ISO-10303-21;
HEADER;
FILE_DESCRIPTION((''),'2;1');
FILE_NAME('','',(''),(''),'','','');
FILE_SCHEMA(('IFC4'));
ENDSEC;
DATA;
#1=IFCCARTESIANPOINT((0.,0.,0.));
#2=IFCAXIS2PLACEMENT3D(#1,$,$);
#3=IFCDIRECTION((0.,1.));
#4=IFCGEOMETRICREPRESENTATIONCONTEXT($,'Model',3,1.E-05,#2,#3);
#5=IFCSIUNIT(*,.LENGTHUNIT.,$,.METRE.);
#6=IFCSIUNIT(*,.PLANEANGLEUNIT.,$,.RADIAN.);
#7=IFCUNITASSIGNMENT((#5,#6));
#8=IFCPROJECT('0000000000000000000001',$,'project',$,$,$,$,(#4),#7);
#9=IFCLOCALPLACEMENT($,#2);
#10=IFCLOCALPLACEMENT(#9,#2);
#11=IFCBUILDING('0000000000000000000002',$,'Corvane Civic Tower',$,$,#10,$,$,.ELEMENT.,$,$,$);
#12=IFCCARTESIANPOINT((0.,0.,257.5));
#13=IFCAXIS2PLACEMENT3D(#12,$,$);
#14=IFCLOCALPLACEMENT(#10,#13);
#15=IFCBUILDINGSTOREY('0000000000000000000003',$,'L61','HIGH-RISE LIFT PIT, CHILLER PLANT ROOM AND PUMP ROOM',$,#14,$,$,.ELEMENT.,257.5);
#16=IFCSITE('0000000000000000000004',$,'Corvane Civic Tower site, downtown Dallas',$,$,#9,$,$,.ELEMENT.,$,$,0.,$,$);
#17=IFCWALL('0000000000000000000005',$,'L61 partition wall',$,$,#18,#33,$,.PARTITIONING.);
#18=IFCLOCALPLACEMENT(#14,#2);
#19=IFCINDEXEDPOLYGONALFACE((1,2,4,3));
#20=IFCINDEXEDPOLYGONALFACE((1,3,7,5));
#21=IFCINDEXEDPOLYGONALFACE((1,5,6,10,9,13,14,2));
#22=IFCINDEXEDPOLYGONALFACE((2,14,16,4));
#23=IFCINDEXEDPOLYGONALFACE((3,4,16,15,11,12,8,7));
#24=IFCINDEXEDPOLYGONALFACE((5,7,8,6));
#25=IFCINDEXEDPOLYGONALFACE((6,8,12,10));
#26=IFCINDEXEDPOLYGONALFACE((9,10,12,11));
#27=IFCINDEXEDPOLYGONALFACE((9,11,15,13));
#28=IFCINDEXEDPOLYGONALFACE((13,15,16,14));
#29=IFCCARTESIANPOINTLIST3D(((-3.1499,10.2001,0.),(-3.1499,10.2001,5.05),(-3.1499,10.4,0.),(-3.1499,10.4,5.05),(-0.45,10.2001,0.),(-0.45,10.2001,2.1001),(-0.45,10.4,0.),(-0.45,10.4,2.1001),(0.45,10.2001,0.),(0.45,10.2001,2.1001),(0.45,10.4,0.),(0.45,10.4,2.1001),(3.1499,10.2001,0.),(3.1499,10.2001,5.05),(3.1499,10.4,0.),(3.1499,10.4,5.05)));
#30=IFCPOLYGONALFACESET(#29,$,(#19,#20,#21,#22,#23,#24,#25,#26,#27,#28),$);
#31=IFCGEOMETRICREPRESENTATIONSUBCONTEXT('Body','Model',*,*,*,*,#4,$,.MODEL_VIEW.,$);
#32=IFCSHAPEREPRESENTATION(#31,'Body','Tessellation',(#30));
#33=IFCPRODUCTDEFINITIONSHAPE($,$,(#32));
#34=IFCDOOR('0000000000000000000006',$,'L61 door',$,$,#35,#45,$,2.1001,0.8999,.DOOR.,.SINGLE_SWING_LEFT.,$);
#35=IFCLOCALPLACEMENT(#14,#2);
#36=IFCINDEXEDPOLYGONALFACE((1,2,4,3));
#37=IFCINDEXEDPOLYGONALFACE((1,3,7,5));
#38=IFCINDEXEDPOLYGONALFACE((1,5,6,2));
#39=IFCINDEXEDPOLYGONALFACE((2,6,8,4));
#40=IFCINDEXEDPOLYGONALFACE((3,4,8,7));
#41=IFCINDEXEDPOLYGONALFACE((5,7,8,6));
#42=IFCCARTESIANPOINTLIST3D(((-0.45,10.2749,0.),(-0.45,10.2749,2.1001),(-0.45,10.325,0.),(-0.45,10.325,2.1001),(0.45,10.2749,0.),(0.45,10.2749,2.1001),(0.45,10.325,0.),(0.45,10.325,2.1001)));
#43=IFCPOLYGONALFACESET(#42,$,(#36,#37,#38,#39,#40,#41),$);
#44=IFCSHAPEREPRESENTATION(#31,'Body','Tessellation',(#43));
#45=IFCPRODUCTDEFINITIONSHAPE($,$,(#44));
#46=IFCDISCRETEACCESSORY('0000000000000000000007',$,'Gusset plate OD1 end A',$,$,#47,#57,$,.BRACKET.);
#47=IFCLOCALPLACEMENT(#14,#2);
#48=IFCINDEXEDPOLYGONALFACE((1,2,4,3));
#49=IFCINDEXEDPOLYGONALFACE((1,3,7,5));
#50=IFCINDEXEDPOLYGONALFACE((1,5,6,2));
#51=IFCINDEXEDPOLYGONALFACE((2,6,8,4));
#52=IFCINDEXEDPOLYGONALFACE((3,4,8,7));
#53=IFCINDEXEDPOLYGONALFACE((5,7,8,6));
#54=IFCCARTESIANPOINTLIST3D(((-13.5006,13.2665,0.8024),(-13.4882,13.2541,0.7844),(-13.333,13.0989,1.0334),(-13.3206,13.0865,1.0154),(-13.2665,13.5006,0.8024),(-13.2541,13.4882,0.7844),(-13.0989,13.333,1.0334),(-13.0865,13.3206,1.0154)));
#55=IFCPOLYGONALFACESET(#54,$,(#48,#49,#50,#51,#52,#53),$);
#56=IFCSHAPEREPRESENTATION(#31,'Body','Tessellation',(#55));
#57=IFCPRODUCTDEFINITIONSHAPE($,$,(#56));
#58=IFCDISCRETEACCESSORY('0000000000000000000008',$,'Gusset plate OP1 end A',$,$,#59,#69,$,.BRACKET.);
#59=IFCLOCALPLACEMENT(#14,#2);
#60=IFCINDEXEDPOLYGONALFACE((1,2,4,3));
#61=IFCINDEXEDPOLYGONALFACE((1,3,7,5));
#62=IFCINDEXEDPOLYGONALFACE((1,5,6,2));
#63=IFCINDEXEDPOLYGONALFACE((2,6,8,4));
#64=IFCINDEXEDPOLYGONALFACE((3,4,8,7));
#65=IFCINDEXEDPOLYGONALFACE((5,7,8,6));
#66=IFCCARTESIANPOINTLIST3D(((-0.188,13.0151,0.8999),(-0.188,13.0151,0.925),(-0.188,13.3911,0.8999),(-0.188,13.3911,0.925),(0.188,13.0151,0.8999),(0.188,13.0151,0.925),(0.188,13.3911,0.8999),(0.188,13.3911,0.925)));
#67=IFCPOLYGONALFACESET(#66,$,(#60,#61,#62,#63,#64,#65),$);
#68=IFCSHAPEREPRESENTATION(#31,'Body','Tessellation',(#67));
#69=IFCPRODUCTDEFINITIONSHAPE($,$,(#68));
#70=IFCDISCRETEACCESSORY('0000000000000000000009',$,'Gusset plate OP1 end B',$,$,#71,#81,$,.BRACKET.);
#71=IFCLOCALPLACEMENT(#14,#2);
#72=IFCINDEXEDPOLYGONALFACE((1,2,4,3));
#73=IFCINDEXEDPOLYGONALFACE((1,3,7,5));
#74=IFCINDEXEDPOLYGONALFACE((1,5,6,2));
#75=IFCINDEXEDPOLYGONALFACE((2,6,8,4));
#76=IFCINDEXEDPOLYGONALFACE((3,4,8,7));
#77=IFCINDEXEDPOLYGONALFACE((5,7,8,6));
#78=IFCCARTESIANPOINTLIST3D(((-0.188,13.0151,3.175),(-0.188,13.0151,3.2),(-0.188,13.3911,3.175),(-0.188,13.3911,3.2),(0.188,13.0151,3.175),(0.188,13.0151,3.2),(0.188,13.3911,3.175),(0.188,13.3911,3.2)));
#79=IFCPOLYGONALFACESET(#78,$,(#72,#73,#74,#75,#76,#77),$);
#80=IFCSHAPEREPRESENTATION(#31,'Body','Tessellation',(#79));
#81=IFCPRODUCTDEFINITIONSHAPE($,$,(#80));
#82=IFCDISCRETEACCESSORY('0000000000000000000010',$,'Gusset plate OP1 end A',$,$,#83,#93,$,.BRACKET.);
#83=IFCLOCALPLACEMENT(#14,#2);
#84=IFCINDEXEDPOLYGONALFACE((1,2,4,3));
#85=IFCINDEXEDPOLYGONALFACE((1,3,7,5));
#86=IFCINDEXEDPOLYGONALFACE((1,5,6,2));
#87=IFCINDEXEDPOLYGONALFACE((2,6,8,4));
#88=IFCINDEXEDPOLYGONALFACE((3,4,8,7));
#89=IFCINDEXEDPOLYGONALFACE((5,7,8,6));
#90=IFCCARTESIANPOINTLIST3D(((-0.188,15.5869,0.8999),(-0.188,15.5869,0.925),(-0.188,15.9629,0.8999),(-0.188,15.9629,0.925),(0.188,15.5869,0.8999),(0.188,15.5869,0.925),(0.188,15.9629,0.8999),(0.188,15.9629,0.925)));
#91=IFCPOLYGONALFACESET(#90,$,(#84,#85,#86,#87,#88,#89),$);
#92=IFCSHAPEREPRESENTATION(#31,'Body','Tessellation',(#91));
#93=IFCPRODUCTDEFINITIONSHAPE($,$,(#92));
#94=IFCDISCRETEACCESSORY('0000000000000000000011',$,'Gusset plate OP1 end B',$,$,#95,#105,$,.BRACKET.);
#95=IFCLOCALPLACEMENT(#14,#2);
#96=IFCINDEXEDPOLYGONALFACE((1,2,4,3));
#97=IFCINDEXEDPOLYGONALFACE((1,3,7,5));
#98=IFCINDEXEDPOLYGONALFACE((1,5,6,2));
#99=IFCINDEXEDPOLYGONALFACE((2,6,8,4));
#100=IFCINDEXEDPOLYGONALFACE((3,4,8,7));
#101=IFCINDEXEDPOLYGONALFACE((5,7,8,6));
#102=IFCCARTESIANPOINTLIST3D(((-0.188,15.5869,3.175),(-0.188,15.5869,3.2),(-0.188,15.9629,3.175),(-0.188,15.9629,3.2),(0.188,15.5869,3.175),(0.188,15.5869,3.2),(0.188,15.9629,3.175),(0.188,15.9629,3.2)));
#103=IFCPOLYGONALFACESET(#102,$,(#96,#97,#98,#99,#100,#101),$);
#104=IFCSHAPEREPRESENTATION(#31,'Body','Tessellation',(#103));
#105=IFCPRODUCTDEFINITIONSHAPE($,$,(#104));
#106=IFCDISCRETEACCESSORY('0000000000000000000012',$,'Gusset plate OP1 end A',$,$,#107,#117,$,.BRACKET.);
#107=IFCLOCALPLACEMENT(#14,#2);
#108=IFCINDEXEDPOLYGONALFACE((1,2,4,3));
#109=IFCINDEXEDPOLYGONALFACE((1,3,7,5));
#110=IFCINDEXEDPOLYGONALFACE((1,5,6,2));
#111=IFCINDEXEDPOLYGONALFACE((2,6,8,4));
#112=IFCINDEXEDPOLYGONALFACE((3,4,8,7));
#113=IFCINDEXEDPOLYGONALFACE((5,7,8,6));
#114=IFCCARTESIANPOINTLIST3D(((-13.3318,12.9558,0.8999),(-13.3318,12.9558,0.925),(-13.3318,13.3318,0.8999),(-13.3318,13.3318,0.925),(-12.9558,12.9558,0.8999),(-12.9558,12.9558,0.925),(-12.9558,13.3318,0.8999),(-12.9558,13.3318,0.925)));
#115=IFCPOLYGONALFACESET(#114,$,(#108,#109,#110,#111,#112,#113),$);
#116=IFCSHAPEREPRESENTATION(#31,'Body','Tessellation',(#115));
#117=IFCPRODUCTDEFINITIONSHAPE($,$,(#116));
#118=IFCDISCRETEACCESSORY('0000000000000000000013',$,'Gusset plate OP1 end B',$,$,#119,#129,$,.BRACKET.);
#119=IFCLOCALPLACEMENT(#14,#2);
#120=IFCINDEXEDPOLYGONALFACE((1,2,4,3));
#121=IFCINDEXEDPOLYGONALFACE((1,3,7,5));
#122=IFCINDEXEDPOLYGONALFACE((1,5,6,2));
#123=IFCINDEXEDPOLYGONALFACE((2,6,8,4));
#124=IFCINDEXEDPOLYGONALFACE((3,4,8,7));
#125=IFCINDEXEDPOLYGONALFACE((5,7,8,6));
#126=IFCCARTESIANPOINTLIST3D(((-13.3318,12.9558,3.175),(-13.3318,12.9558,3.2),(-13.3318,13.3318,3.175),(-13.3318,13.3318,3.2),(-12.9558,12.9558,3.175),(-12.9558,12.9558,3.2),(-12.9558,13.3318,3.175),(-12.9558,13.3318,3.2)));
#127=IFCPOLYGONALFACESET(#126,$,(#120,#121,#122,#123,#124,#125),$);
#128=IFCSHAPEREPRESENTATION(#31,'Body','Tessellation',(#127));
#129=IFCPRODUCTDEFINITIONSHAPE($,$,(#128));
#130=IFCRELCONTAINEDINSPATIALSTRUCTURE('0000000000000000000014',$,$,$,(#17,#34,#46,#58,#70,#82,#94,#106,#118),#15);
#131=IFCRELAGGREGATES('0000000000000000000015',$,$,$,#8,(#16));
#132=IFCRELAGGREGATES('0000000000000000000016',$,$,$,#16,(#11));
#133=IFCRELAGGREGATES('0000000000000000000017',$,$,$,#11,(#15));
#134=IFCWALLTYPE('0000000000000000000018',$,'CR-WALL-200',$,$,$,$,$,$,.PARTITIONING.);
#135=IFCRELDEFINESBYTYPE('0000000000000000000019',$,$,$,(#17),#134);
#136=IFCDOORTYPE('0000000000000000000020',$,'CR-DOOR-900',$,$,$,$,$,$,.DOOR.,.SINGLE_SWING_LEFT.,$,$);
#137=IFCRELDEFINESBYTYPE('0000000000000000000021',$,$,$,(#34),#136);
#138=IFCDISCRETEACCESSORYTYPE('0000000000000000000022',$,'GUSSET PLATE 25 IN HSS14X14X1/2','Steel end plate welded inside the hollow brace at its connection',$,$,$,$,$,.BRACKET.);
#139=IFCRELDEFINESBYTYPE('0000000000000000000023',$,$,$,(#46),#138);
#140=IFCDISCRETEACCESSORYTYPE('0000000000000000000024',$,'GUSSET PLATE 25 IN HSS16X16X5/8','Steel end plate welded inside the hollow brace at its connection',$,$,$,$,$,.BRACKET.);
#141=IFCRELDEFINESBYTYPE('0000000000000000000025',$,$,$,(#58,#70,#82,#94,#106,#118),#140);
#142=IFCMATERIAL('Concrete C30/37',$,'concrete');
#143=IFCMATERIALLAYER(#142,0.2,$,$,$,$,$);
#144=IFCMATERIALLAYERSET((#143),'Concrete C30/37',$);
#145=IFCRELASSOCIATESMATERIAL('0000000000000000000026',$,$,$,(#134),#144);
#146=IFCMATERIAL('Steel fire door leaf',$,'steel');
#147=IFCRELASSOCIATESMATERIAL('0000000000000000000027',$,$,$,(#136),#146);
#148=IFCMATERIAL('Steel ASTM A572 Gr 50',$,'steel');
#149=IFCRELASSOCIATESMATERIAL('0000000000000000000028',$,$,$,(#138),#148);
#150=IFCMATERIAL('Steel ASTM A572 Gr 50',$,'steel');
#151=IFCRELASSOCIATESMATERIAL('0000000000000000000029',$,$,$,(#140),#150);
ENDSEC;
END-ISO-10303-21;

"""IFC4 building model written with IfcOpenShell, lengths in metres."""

from ifc_helpers import new_model, si_unit, direction, frame, frame_2d, origin, origin_2d, place, context, subcontext, project, spatial, rectangle, extrude, material, layer, layer_set, material_profile, profile_set, type_object, element, fill, save


model = new_model("IFC4")

# Units and contexts
model_context = context("Model", 3, precision=1e-05, world=origin(), true_north=direction((0.0, 1.0)))
body_context = subcontext(model_context, "Body", "Model", "MODEL_VIEW")
ifc_project = project(units=[si_unit("LENGTHUNIT", "METRE"), si_unit("PLANEANGLEUNIT", "RADIAN")], contexts=[model_context])

# Site, building, storey
site_placement = place(None, origin())
site = spatial("IfcSite", under=ifc_project, at=site_placement, Name="Corvane Civic Tower site, downtown Dallas", CompositionType="ELEMENT", RefElevation=0.0)
building_placement = place(site_placement, origin())
building = spatial("IfcBuilding", under=site, at=building_placement, Name="Corvane Civic Tower", CompositionType="ELEMENT")
storey_placement = place(building_placement, frame((0.0, 0.0, 257.5)))
storey = spatial("IfcBuildingStorey", under=building, at=storey_placement, Name="L61", Description="HIGH-RISE LIFT PIT, CHILLER PLANT ROOM AND PUMP ROOM", CompositionType="ELEMENT", Elevation=257.5)

# Wall, opening, door
ifc_material_1 = material(Name="Concrete C30/37", Category="concrete")
ifc_layer_1 = layer(ifc_material_1, 0.2)
ifc_layer_set_1 = layer_set([ifc_layer_1], Name="Concrete C30/37")
wall_type_1 = type_object("IfcWallType", Name="CR-WALL-200", PredefinedType="PARTITIONING", material=ifc_layer_set_1)
wall_1_placement = place(storey_placement, frame((-3.1499, 10.3, 0.0), z_axis=(0.0, 0.0, 1.0), x_axis=(1.0, 0.0, 0.0)))
wall_1 = element("IfcWall", 1, at=wall_1_placement, inside=storey, type_object=wall_type_1, Name="L61 partition wall", PredefinedType="PARTITIONING", context=body_context, shape_type="SweptSolid", body=[
    extrude(rectangle(XDim=6.2998, YDim=0.2, at=frame_2d((3.1499, 0.0))), origin(), (0.0, 0.0, 1.0), 5.05),
])
opening_placement = place(wall_1_placement, frame((2.7, 0.0, 0.0)))
opening = element("IfcOpeningElement", 2, at=opening_placement, cuts=wall_1, PredefinedType="OPENING", context=body_context, shape_type="SweptSolid", body=[
    extrude(rectangle(XDim=0.8999, YDim=2.1001, at=frame_2d((0.45, 1.05))), frame((0.0, 0.1099, 0.0), z_axis=(0.0, -1.0, 0.0), x_axis=(1.0, 0.0, 0.0)), (0.0, 0.0, 1.0), 0.22),
])
ifc_material_2 = material(Name="Steel fire door leaf", Category="steel")
door_type = type_object("IfcDoorType", Name="CR-DOOR-900", OperationType="SINGLE_SWING_LEFT", PredefinedType="DOOR", material=ifc_material_2)
door_placement = place(opening_placement, origin())
door = element("IfcDoor", 3, at=door_placement, inside=storey, type_object=door_type, Name="L61 door", OperationType="SINGLE_SWING_LEFT", OverallHeight=2.1001, OverallWidth=0.8999, PredefinedType="DOOR", context=body_context, shape_type="SweptSolid", body=[
    extrude(rectangle(XDim=0.8999, YDim=2.1001, at=frame_2d((0.45, 1.05))), frame((0.0, 0.0249, 0.0), z_axis=(0.0, -1.0, 0.0), x_axis=(1.0, 0.0, 0.0)), (0.0, 0.0, 1.0), 0.05),
])
fill(opening, door)

# Discrete accessories
ifc_material_3 = material(Name="Steel ASTM A572 Gr 50", Category="steel")
ifc_material_profile_1 = material_profile(ifc_material_3, rectangle(XDim=0.3311, YDim=0.3311, at=origin_2d()), Name="GUSSET PLATE 25 IN HSS14X14X1/2")
ifc_profile_set_1 = profile_set([ifc_material_profile_1], Name="Steel ASTM A572 Gr 50")
discrete_accessory_type_1 = type_object("IfcDiscreteAccessoryType", Name="GUSSET PLATE 25 IN HSS14X14X1/2", Description="Steel end plate welded inside the hollow brace at its connection", PredefinedType="BRACKET", material=ifc_profile_set_1)
discrete_accessory_1_placement = place(storey_placement, frame((-13.2874, 13.2874, 0.8999), z_axis=(-0.493543, 0.493543, 0.716122), x_axis=(-0.707107, -0.707107, 0.0)))
element("IfcDiscreteAccessory", 4, at=discrete_accessory_1_placement, inside=storey, type_object=discrete_accessory_type_1, Name="Gusset plate OD1 end A", PredefinedType="BRACKET", context=body_context, shape_type="SweptSolid", body=[
    extrude(rectangle(XDim=0.3311, YDim=0.3311, at=origin_2d()), origin(), (0.0, 0.0, 1.0), 0.0251),
])
ifc_material_4 = material(Name="Steel ASTM A572 Gr 50", Category="steel")
ifc_material_profile_2 = material_profile(ifc_material_4, rectangle(XDim=0.376, YDim=0.376, at=origin_2d()), Name="GUSSET PLATE 25 IN HSS16X16X5/8")
ifc_profile_set_2 = profile_set([ifc_material_profile_2], Name="Steel ASTM A572 Gr 50")
discrete_accessory_type_2 = type_object("IfcDiscreteAccessoryType", Name="GUSSET PLATE 25 IN HSS16X16X5/8", Description="Steel end plate welded inside the hollow brace at its connection", PredefinedType="BRACKET", material=ifc_profile_set_2)
discrete_accessory_2_placement = place(storey_placement, frame((0.0, 13.2031, 0.8999), z_axis=(0.0, 0.0, 1.0), x_axis=(1.0, 0.0, 0.0)))
element("IfcDiscreteAccessory", 5, at=discrete_accessory_2_placement, inside=storey, type_object=discrete_accessory_type_2, Name="Gusset plate OP1 end A", PredefinedType="BRACKET", context=body_context, shape_type="SweptSolid", body=[
    extrude(rectangle(XDim=0.376, YDim=0.376, at=origin_2d()), origin(), (0.0, 0.0, 1.0), 0.0251),
])
discrete_accessory_3_placement = place(storey_placement, frame((0.0, 13.2031, 3.2), z_axis=(0.0, 0.0, -1.0), x_axis=(1.0, 0.0, 0.0)))
element("IfcDiscreteAccessory", 6, at=discrete_accessory_3_placement, inside=storey, type_object=discrete_accessory_type_2, Name="Gusset plate OP1 end B", PredefinedType="BRACKET", context=body_context, shape_type="SweptSolid", body=[
    extrude(rectangle(XDim=0.376, YDim=0.376, at=origin_2d()), origin(), (0.0, 0.0, 1.0), 0.0249),
])
discrete_accessory_4_placement = place(storey_placement, frame((0.0, 15.7749, 0.8999), z_axis=(0.0, 0.0, 1.0), x_axis=(1.0, 0.0, 0.0)))
element("IfcDiscreteAccessory", 7, at=discrete_accessory_4_placement, inside=storey, type_object=discrete_accessory_type_2, Name="Gusset plate OP1 end A", PredefinedType="BRACKET", context=body_context, shape_type="SweptSolid", body=[
    extrude(rectangle(XDim=0.376, YDim=0.376, at=origin_2d()), origin(), (0.0, 0.0, 1.0), 0.0251),
])
discrete_accessory_5_placement = place(storey_placement, frame((0.0, 15.7749, 3.2), z_axis=(0.0, 0.0, -1.0), x_axis=(1.0, 0.0, 0.0)))
element("IfcDiscreteAccessory", 8, at=discrete_accessory_5_placement, inside=storey, type_object=discrete_accessory_type_2, Name="Gusset plate OP1 end B", PredefinedType="BRACKET", context=body_context, shape_type="SweptSolid", body=[
    extrude(rectangle(XDim=0.376, YDim=0.376, at=origin_2d()), origin(), (0.0, 0.0, 1.0), 0.0249),
])
discrete_accessory_6_placement = place(storey_placement, frame((-13.1438, 13.1438, 0.8999), z_axis=(0.0, 0.0, 1.0), x_axis=(1.0, 0.0, 0.0)))
element("IfcDiscreteAccessory", 9, at=discrete_accessory_6_placement, inside=storey, type_object=discrete_accessory_type_2, Name="Gusset plate OP1 end A", PredefinedType="BRACKET", context=body_context, shape_type="SweptSolid", body=[
    extrude(rectangle(XDim=0.376, YDim=0.376, at=origin_2d()), origin(), (0.0, 0.0, 1.0), 0.0251),
])
discrete_accessory_7_placement = place(storey_placement, frame((-13.1438, 13.1438, 3.2), z_axis=(0.0, 0.0, -1.0), x_axis=(1.0, 0.0, 0.0)))
element("IfcDiscreteAccessory", 10, at=discrete_accessory_7_placement, inside=storey, type_object=discrete_accessory_type_2, Name="Gusset plate OP1 end B", PredefinedType="BRACKET", context=body_context, shape_type="SweptSolid", body=[
    extrude(rectangle(XDim=0.376, YDim=0.376, at=origin_2d()), origin(), (0.0, 0.0, 1.0), 0.0249),
])

save(model, "model.ifc")
